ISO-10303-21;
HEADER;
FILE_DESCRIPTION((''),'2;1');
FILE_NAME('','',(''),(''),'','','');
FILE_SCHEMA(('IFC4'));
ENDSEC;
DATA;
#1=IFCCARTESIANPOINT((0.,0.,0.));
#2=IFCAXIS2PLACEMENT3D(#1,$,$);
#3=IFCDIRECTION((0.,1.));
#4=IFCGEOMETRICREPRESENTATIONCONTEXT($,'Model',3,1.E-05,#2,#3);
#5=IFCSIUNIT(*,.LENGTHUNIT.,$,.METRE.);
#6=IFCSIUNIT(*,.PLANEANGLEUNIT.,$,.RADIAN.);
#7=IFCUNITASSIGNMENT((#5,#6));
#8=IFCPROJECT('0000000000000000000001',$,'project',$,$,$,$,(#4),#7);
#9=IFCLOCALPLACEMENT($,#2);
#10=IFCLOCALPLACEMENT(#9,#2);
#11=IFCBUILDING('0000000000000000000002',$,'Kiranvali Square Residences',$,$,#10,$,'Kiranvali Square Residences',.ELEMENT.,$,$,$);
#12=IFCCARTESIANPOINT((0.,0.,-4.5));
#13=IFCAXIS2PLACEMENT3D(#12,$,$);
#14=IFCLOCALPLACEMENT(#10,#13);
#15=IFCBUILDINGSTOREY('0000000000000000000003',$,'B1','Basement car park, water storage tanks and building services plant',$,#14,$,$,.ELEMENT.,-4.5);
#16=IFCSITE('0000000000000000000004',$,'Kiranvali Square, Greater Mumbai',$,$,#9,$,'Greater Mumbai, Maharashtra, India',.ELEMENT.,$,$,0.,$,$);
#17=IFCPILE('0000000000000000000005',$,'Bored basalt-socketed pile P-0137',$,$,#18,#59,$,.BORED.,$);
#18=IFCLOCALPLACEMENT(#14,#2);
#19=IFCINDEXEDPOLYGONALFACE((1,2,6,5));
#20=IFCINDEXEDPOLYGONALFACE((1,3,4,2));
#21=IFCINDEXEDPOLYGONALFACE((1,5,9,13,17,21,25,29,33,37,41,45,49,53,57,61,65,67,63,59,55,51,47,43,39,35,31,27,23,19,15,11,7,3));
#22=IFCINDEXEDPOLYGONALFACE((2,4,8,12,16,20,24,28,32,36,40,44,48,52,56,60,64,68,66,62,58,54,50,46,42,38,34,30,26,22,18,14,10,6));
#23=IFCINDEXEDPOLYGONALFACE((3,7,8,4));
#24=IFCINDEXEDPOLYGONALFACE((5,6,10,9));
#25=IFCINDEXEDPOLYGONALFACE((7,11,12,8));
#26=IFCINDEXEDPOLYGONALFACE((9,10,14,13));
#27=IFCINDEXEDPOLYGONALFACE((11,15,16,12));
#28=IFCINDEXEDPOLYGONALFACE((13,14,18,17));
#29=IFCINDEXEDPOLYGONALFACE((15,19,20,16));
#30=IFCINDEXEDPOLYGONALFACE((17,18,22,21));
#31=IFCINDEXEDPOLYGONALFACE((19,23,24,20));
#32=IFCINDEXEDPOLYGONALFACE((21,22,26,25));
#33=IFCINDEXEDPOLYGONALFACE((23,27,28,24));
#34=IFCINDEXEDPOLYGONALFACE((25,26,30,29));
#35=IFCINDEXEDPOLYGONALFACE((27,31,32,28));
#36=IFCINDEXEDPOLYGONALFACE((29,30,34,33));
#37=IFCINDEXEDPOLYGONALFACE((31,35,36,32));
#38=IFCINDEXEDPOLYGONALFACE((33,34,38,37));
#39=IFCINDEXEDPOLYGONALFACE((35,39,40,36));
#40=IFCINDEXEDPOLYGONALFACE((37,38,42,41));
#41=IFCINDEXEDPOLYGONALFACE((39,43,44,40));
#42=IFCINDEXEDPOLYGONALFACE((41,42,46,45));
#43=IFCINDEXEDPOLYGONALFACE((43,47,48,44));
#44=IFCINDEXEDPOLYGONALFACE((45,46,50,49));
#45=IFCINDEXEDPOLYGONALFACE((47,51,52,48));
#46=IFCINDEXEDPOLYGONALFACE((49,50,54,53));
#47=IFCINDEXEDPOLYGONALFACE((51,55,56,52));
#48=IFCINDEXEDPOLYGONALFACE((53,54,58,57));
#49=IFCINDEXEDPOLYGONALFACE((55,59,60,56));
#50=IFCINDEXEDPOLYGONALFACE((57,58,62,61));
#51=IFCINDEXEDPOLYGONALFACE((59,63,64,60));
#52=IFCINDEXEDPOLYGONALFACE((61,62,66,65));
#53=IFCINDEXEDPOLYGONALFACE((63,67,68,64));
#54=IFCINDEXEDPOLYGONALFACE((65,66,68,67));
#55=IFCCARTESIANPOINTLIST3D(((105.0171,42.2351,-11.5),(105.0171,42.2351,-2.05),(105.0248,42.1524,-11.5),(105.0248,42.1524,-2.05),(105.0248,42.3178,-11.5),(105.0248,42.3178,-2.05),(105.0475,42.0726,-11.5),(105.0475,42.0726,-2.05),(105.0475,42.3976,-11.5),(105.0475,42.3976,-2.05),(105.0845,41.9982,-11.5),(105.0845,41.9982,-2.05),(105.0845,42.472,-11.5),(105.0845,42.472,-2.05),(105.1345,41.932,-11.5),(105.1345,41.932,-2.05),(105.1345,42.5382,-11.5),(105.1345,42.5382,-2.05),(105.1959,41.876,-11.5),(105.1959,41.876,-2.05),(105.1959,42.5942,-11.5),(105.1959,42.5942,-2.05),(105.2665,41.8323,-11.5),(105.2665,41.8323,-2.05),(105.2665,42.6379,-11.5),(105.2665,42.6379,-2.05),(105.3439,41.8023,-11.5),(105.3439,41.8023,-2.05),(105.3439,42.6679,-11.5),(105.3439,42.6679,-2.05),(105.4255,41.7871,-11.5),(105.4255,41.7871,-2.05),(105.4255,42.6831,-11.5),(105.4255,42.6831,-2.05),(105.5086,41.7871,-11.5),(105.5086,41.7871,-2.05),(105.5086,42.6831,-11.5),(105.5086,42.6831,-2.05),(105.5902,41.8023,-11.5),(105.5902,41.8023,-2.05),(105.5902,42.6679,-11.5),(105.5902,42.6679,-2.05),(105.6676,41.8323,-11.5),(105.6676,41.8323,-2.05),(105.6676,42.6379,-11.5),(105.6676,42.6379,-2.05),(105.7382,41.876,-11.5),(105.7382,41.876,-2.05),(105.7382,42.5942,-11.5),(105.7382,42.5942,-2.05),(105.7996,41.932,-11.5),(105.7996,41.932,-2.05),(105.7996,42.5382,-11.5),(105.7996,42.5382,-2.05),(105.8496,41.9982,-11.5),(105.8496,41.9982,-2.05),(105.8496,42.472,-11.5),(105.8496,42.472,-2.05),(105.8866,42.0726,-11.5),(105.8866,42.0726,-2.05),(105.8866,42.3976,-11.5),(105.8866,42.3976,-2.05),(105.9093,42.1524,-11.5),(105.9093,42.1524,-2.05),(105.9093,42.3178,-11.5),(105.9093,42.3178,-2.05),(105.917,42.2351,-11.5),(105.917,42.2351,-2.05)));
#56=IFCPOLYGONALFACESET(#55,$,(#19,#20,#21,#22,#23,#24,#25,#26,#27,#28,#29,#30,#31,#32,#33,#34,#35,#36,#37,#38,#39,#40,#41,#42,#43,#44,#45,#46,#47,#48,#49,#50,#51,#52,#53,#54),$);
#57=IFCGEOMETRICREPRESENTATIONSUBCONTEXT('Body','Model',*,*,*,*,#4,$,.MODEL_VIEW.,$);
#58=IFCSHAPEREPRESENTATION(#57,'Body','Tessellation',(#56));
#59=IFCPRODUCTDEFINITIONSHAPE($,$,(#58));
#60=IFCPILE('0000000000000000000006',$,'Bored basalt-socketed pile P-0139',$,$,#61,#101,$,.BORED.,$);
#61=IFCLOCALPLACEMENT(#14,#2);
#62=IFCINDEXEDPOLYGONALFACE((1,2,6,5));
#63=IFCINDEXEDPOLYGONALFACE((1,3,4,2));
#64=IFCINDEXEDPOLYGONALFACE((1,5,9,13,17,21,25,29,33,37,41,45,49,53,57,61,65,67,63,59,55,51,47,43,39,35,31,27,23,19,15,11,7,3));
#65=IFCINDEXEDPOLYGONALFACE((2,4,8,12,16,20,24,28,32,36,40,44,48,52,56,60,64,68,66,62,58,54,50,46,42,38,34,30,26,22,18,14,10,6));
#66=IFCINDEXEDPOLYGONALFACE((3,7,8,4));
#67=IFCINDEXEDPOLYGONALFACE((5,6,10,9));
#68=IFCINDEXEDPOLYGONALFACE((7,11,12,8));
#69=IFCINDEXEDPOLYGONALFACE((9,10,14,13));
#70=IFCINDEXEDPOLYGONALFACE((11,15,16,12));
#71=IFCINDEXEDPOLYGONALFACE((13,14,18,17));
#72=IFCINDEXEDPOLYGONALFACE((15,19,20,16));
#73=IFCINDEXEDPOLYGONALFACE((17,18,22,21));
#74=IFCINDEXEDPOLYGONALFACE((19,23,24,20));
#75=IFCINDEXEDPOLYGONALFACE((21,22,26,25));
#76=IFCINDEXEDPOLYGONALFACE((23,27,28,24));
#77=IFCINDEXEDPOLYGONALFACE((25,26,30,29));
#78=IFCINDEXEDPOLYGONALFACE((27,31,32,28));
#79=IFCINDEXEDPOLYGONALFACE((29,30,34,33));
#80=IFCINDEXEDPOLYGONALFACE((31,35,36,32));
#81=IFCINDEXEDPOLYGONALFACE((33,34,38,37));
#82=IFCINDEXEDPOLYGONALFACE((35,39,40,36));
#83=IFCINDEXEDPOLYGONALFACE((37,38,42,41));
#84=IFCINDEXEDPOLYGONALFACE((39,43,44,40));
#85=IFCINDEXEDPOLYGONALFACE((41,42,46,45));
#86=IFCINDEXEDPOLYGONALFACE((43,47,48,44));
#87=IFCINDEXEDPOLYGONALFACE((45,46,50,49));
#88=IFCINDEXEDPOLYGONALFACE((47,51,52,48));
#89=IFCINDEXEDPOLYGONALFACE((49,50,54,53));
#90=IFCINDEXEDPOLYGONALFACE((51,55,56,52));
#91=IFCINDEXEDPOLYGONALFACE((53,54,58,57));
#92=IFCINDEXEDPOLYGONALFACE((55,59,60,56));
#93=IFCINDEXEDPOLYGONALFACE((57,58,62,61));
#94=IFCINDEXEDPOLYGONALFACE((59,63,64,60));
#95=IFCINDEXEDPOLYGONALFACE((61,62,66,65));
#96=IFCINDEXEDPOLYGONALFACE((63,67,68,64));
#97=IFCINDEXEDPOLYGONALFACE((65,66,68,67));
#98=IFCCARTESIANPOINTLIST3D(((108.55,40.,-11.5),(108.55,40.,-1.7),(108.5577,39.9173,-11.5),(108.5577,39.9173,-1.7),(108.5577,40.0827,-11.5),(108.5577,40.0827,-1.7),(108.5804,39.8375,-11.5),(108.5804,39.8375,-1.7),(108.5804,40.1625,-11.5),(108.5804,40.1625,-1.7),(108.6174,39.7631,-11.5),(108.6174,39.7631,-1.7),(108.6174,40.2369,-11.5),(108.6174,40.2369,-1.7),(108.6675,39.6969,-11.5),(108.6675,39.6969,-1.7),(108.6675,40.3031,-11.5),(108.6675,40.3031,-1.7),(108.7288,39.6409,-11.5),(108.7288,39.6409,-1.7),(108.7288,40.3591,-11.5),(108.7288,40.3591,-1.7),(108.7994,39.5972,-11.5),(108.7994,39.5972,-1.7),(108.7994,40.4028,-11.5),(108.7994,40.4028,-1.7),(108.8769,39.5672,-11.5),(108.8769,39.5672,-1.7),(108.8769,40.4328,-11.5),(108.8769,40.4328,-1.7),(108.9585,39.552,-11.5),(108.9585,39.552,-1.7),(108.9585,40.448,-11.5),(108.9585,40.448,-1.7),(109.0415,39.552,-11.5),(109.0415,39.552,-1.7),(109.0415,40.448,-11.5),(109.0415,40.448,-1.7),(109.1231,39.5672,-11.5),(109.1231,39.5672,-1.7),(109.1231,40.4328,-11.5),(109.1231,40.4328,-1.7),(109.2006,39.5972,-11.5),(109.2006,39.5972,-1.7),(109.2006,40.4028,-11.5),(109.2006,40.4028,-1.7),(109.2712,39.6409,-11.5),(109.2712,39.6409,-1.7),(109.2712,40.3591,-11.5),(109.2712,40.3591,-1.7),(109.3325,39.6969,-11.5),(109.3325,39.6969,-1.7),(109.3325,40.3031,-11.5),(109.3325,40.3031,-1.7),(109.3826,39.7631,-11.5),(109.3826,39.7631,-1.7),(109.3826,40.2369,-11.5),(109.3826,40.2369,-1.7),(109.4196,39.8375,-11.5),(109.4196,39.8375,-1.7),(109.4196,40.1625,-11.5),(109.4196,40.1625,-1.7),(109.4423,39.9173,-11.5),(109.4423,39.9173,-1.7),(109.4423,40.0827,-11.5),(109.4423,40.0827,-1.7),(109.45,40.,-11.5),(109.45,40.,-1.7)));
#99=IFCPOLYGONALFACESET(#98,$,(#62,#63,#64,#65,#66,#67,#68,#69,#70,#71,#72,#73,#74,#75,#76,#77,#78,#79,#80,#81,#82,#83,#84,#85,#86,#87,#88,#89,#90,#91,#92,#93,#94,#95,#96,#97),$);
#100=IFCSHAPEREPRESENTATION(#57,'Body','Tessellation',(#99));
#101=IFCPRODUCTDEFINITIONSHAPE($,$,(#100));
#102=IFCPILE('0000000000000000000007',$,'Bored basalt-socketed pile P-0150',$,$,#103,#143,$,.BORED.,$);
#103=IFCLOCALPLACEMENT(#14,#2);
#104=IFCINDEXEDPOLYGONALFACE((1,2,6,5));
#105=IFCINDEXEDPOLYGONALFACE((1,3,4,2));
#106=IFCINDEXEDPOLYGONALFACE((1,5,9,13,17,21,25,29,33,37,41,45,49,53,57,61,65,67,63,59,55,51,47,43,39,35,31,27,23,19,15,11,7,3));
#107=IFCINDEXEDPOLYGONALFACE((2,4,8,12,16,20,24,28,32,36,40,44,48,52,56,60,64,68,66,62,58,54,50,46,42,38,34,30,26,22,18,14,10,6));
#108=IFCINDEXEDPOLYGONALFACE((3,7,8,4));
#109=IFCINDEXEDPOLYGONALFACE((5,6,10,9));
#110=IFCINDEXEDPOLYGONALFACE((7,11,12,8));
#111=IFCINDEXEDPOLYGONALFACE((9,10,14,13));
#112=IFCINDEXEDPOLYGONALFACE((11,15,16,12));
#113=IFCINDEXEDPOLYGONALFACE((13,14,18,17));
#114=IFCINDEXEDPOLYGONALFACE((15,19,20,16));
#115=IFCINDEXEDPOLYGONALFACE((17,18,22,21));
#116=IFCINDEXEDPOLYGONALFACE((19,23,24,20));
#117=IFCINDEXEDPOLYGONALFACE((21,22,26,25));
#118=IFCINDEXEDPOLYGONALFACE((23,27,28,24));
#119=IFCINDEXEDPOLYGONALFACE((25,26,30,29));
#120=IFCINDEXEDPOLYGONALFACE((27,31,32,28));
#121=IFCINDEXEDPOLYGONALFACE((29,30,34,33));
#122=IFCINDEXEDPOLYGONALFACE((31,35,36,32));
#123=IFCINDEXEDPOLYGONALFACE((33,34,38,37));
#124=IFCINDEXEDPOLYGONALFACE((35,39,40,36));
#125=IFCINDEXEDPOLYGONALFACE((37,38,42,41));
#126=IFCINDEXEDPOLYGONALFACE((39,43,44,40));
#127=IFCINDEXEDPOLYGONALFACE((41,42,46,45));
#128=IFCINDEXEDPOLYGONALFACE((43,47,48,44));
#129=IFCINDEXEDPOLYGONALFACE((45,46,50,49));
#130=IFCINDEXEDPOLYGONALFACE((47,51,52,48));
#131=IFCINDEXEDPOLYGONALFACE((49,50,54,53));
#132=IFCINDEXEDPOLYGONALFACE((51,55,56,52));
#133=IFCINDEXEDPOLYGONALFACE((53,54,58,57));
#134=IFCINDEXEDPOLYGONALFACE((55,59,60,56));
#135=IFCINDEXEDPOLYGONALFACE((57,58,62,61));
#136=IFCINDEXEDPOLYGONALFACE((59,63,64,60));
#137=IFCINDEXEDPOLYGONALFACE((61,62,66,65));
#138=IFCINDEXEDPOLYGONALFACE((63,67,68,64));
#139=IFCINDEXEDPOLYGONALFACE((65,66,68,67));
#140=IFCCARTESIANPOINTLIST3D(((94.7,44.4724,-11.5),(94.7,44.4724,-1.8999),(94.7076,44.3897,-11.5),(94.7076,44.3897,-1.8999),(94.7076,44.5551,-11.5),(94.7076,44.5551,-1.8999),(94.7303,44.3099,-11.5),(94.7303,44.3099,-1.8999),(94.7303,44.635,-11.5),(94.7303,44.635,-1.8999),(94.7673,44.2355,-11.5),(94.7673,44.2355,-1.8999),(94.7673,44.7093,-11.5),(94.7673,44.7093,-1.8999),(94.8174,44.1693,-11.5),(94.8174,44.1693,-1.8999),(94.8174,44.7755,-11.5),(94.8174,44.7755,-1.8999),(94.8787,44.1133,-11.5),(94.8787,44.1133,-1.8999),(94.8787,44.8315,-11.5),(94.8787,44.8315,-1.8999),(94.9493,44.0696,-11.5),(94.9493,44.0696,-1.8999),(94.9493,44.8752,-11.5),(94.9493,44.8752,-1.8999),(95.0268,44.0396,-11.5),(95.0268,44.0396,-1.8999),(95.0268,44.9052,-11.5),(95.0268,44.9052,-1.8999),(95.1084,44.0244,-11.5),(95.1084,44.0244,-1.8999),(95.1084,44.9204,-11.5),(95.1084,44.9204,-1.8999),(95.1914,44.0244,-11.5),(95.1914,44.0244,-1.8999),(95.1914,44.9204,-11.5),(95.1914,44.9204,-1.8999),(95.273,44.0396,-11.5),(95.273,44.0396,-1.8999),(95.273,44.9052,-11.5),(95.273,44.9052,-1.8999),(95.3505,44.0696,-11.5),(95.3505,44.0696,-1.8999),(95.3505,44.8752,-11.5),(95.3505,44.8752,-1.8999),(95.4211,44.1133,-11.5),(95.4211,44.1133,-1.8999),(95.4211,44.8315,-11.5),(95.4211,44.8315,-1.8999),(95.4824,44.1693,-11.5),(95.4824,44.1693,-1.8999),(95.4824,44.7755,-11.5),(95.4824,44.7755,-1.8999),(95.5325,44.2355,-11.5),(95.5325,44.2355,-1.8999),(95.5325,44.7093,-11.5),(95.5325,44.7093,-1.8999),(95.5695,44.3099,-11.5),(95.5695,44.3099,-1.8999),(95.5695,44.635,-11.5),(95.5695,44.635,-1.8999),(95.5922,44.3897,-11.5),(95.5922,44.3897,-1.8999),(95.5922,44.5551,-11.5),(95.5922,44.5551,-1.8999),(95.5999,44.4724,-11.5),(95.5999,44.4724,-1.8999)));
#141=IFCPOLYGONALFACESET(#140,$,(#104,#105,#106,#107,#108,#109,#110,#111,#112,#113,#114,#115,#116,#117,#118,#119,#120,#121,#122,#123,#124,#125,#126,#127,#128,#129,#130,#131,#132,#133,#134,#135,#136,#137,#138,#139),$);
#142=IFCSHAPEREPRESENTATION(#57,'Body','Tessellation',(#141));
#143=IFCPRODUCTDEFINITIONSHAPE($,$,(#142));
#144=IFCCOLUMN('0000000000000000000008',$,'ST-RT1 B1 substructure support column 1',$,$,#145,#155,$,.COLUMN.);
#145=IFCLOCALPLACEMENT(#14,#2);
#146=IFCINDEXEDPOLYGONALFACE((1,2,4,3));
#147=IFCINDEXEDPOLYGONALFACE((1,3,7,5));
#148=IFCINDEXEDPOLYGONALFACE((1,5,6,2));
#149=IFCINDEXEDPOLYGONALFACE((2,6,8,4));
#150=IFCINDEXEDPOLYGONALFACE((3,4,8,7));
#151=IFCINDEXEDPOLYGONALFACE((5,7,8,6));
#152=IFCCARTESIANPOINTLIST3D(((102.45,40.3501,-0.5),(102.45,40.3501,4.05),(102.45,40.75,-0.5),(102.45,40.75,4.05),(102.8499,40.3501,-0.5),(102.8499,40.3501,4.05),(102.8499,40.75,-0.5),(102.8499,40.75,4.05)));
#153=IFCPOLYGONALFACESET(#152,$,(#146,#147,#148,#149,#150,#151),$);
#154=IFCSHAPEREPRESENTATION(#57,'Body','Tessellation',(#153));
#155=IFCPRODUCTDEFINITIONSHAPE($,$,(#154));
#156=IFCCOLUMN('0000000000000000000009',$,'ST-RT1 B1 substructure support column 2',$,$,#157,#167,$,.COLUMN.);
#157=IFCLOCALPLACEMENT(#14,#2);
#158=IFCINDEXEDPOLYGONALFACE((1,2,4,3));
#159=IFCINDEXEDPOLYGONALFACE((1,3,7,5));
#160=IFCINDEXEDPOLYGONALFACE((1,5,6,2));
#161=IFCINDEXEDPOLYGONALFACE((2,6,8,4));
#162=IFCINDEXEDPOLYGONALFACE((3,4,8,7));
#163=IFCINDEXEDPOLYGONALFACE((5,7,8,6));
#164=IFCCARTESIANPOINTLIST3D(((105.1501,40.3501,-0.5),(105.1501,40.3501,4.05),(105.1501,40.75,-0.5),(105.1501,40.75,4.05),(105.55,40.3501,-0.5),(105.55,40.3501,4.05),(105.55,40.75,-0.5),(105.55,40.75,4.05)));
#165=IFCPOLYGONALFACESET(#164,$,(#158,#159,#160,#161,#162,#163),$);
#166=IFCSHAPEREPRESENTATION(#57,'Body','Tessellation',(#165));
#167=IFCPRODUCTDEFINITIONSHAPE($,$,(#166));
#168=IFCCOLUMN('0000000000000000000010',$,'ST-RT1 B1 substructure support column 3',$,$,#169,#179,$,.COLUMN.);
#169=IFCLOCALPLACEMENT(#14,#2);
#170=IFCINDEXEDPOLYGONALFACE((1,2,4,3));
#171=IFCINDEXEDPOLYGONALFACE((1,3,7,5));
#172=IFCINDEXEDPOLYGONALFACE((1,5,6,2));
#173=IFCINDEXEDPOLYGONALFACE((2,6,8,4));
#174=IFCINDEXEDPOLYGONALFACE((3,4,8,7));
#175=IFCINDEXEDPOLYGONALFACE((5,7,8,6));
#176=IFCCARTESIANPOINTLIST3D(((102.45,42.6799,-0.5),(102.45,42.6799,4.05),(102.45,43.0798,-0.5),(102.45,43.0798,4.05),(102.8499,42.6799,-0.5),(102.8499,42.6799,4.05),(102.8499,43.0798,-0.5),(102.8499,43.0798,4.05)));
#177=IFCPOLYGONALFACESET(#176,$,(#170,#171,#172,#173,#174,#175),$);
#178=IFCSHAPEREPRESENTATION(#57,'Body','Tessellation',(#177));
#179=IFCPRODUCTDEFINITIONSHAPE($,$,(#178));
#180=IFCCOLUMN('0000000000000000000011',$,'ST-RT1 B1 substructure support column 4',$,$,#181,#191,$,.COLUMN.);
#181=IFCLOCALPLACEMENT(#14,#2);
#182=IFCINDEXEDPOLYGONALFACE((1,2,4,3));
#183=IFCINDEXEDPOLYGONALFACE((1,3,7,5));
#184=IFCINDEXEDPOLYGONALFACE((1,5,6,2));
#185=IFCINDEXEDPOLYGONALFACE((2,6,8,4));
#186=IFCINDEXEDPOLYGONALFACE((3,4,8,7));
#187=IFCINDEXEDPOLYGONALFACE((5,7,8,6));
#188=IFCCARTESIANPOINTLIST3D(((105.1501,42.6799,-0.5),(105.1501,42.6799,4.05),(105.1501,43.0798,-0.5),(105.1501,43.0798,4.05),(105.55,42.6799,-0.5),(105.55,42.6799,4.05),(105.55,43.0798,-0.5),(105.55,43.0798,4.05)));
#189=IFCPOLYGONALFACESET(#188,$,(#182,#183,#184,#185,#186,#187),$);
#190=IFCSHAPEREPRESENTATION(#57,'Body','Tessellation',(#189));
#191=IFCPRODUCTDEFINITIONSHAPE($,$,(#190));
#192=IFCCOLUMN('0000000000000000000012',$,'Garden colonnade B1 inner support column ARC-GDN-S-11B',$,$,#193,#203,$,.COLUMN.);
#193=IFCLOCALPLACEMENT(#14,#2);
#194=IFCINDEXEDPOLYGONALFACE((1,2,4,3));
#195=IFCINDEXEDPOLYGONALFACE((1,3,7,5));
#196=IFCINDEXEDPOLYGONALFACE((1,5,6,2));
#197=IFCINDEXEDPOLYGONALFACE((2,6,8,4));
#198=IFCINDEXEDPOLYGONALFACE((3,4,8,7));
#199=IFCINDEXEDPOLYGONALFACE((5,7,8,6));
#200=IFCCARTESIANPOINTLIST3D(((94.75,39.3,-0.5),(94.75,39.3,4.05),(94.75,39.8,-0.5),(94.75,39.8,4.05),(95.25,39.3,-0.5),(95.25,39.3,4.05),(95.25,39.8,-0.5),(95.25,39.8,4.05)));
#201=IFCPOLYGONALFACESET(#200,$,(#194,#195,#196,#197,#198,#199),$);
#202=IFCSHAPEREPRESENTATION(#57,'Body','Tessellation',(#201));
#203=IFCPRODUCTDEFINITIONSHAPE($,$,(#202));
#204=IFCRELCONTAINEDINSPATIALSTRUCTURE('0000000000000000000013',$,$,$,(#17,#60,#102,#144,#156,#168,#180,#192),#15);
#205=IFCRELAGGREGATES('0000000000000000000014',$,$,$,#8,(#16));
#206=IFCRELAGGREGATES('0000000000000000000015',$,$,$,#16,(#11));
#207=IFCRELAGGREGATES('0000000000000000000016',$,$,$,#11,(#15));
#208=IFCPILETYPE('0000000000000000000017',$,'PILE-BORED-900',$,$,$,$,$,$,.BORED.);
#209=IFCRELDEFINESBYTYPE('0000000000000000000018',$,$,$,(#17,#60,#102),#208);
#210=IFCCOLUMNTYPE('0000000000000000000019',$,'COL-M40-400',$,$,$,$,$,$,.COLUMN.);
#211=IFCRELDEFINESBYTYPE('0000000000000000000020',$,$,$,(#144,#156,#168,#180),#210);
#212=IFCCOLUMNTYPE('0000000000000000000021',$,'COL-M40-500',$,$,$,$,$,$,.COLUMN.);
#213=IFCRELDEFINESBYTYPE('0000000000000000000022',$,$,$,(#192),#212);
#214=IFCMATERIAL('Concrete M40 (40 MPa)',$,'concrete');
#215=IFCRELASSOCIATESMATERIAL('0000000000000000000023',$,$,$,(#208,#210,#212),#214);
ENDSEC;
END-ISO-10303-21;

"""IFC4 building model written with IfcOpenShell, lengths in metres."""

from ifc_helpers import new_model, si_unit, direction, frame, origin, origin_2d, place, context, subcontext, project, spatial, rectangle, circle, extrude, material, material_profile, profile_set, type_object, element, save


model = new_model("IFC4")

# Units and contexts
model_context = context("Model", 3, precision=1e-05, world=origin(), true_north=direction((0.0, 1.0)))
body_context = subcontext(model_context, "Body", "Model", "MODEL_VIEW")
ifc_project = project(units=[si_unit("LENGTHUNIT", "METRE"), si_unit("PLANEANGLEUNIT", "RADIAN")], contexts=[model_context])

# Site, building, storey
site_placement = place(None, origin())
site = spatial("IfcSite", under=ifc_project, at=site_placement, Name="Kiranvali Square, Greater Mumbai", LongName="Greater Mumbai, Maharashtra, India", CompositionType="ELEMENT", RefElevation=0.0)
building_placement = place(site_placement, origin())
building = spatial("IfcBuilding", under=site, at=building_placement, Name="Kiranvali Square Residences", LongName="Kiranvali Square Residences", CompositionType="ELEMENT")
storey_placement = place(building_placement, frame((0.0, 0.0, -4.5)))
storey = spatial("IfcBuildingStorey", under=building, at=storey_placement, Name="B1", Description="Basement car park, water storage tanks and building services plant", CompositionType="ELEMENT", Elevation=-4.5)

# Shared definitions
ifc_material_1 = material(Name="Concrete M40 (40 MPa)", Category="concrete")

# Piles
ifc_material_profile_1 = material_profile(ifc_material_1, circle(Radius=0.45, at=origin_2d()), Name="BORED PILE 900")
ifc_profile_set_1 = profile_set([ifc_material_profile_1], Name="Concrete M40 (40 MPa)")
pile_type = type_object("IfcPileType", Name="PILE-BORED-900", PredefinedType="BORED", material=ifc_profile_set_1)
for number, where, z_axis, x_axis, name in (
    (1, (105.467, 42.2351, -2.05), (0.0, 0.0, -1.0), (1.0, 0.0, 0.0), "Bored basalt-socketed pile P-0137"),
):
    element("IfcPile", number, at=place(storey_placement, frame(where, z_axis=z_axis, x_axis=x_axis)), inside=storey, type_object=pile_type, Name=name, PredefinedType="BORED", context=body_context, shape_type="SweptSolid", body=[
        extrude(circle(Radius=0.45, at=origin_2d()), origin(), (0.0, 0.0, 1.0), 9.45),
    ])
pile_1_placement = place(storey_placement, frame((109.0, 40.0, -1.7), z_axis=(0.0, 0.0, -1.0), x_axis=(1.0, 0.0, 0.0)))
element("IfcPile", 2, at=pile_1_placement, inside=storey, type_object=pile_type, Name="Bored basalt-socketed pile P-0139", PredefinedType="BORED", context=body_context, shape_type="SweptSolid", body=[
    extrude(circle(Radius=0.45, at=origin_2d()), origin(), (0.0, 0.0, 1.0), 9.8),
])
pile_2_placement = place(storey_placement, frame((95.1499, 44.4724, -1.8999), z_axis=(0.0, 0.0, -1.0), x_axis=(1.0, 0.0, 0.0)))
element("IfcPile", 3, at=pile_2_placement, inside=storey, type_object=pile_type, Name="Bored basalt-socketed pile P-0150", PredefinedType="BORED", context=body_context, shape_type="SweptSolid", body=[
    extrude(circle(Radius=0.45, at=origin_2d()), origin(), (0.0, 0.0, 1.0), 9.6001),
])

# Columns
ifc_material_profile_2 = material_profile(ifc_material_1, rectangle(XDim=0.3999, YDim=0.3999, at=origin_2d()), Name="RC 400x400")
ifc_profile_set_2 = profile_set([ifc_material_profile_2], Name="Concrete M40 (40 MPa)")
column_type_1 = type_object("IfcColumnType", Name="COL-M40-400", PredefinedType="COLUMN", material=ifc_profile_set_2)
for number, where, z_axis, x_axis, name in (
    (4, (102.6499, 40.55, -0.5), (0.0, 0.0, 1.0), (1.0, 0.0, 0.0), "ST-RT1 B1 substructure support column 1"),
    (5, (105.3501, 40.55, -0.5), (0.0, 0.0, 1.0), (1.0, 0.0, 0.0), "ST-RT1 B1 substructure support column 2"),
    (6, (102.6499, 42.8799, -0.5), (0.0, 0.0, 1.0), (1.0, 0.0, 0.0), "ST-RT1 B1 substructure support column 3"),
    (7, (105.3501, 42.8799, -0.5), (0.0, 0.0, 1.0), (1.0, 0.0, 0.0), "ST-RT1 B1 substructure support column 4"),
):
    element("IfcColumn", number, at=place(storey_placement, frame(where, z_axis=z_axis, x_axis=x_axis)), inside=storey, type_object=column_type_1, Name=name, PredefinedType="COLUMN", context=body_context, shape_type="SweptSolid", body=[
        extrude(rectangle(XDim=0.3999, YDim=0.3999, at=origin_2d()), origin(), (0.0, 0.0, 1.0), 4.55),
    ])
ifc_material_profile_3 = material_profile(ifc_material_1, rectangle(XDim=0.5, YDim=0.5, at=origin_2d()), Name="RC 500x500")
ifc_profile_set_3 = profile_set([ifc_material_profile_3], Name="Concrete M40 (40 MPa)")
column_type_2 = type_object("IfcColumnType", Name="COL-M40-500", PredefinedType="COLUMN", material=ifc_profile_set_3)
for number, where, z_axis, x_axis, name in (
    (8, (95.0, 39.55, -0.5), (0.0, 0.0, 1.0), (1.0, 0.0, 0.0), "Garden colonnade B1 inner support column ARC-GDN-S-11B"),
):
    element("IfcColumn", number, at=place(storey_placement, frame(where, z_axis=z_axis, x_axis=x_axis)), inside=storey, type_object=column_type_2, Name=name, PredefinedType="COLUMN", context=body_context, shape_type="SweptSolid", body=[
        extrude(rectangle(XDim=0.5, YDim=0.5, at=origin_2d()), origin(), (0.0, 0.0, 1.0), 4.55),
    ])

save(model, "model.ifc")
